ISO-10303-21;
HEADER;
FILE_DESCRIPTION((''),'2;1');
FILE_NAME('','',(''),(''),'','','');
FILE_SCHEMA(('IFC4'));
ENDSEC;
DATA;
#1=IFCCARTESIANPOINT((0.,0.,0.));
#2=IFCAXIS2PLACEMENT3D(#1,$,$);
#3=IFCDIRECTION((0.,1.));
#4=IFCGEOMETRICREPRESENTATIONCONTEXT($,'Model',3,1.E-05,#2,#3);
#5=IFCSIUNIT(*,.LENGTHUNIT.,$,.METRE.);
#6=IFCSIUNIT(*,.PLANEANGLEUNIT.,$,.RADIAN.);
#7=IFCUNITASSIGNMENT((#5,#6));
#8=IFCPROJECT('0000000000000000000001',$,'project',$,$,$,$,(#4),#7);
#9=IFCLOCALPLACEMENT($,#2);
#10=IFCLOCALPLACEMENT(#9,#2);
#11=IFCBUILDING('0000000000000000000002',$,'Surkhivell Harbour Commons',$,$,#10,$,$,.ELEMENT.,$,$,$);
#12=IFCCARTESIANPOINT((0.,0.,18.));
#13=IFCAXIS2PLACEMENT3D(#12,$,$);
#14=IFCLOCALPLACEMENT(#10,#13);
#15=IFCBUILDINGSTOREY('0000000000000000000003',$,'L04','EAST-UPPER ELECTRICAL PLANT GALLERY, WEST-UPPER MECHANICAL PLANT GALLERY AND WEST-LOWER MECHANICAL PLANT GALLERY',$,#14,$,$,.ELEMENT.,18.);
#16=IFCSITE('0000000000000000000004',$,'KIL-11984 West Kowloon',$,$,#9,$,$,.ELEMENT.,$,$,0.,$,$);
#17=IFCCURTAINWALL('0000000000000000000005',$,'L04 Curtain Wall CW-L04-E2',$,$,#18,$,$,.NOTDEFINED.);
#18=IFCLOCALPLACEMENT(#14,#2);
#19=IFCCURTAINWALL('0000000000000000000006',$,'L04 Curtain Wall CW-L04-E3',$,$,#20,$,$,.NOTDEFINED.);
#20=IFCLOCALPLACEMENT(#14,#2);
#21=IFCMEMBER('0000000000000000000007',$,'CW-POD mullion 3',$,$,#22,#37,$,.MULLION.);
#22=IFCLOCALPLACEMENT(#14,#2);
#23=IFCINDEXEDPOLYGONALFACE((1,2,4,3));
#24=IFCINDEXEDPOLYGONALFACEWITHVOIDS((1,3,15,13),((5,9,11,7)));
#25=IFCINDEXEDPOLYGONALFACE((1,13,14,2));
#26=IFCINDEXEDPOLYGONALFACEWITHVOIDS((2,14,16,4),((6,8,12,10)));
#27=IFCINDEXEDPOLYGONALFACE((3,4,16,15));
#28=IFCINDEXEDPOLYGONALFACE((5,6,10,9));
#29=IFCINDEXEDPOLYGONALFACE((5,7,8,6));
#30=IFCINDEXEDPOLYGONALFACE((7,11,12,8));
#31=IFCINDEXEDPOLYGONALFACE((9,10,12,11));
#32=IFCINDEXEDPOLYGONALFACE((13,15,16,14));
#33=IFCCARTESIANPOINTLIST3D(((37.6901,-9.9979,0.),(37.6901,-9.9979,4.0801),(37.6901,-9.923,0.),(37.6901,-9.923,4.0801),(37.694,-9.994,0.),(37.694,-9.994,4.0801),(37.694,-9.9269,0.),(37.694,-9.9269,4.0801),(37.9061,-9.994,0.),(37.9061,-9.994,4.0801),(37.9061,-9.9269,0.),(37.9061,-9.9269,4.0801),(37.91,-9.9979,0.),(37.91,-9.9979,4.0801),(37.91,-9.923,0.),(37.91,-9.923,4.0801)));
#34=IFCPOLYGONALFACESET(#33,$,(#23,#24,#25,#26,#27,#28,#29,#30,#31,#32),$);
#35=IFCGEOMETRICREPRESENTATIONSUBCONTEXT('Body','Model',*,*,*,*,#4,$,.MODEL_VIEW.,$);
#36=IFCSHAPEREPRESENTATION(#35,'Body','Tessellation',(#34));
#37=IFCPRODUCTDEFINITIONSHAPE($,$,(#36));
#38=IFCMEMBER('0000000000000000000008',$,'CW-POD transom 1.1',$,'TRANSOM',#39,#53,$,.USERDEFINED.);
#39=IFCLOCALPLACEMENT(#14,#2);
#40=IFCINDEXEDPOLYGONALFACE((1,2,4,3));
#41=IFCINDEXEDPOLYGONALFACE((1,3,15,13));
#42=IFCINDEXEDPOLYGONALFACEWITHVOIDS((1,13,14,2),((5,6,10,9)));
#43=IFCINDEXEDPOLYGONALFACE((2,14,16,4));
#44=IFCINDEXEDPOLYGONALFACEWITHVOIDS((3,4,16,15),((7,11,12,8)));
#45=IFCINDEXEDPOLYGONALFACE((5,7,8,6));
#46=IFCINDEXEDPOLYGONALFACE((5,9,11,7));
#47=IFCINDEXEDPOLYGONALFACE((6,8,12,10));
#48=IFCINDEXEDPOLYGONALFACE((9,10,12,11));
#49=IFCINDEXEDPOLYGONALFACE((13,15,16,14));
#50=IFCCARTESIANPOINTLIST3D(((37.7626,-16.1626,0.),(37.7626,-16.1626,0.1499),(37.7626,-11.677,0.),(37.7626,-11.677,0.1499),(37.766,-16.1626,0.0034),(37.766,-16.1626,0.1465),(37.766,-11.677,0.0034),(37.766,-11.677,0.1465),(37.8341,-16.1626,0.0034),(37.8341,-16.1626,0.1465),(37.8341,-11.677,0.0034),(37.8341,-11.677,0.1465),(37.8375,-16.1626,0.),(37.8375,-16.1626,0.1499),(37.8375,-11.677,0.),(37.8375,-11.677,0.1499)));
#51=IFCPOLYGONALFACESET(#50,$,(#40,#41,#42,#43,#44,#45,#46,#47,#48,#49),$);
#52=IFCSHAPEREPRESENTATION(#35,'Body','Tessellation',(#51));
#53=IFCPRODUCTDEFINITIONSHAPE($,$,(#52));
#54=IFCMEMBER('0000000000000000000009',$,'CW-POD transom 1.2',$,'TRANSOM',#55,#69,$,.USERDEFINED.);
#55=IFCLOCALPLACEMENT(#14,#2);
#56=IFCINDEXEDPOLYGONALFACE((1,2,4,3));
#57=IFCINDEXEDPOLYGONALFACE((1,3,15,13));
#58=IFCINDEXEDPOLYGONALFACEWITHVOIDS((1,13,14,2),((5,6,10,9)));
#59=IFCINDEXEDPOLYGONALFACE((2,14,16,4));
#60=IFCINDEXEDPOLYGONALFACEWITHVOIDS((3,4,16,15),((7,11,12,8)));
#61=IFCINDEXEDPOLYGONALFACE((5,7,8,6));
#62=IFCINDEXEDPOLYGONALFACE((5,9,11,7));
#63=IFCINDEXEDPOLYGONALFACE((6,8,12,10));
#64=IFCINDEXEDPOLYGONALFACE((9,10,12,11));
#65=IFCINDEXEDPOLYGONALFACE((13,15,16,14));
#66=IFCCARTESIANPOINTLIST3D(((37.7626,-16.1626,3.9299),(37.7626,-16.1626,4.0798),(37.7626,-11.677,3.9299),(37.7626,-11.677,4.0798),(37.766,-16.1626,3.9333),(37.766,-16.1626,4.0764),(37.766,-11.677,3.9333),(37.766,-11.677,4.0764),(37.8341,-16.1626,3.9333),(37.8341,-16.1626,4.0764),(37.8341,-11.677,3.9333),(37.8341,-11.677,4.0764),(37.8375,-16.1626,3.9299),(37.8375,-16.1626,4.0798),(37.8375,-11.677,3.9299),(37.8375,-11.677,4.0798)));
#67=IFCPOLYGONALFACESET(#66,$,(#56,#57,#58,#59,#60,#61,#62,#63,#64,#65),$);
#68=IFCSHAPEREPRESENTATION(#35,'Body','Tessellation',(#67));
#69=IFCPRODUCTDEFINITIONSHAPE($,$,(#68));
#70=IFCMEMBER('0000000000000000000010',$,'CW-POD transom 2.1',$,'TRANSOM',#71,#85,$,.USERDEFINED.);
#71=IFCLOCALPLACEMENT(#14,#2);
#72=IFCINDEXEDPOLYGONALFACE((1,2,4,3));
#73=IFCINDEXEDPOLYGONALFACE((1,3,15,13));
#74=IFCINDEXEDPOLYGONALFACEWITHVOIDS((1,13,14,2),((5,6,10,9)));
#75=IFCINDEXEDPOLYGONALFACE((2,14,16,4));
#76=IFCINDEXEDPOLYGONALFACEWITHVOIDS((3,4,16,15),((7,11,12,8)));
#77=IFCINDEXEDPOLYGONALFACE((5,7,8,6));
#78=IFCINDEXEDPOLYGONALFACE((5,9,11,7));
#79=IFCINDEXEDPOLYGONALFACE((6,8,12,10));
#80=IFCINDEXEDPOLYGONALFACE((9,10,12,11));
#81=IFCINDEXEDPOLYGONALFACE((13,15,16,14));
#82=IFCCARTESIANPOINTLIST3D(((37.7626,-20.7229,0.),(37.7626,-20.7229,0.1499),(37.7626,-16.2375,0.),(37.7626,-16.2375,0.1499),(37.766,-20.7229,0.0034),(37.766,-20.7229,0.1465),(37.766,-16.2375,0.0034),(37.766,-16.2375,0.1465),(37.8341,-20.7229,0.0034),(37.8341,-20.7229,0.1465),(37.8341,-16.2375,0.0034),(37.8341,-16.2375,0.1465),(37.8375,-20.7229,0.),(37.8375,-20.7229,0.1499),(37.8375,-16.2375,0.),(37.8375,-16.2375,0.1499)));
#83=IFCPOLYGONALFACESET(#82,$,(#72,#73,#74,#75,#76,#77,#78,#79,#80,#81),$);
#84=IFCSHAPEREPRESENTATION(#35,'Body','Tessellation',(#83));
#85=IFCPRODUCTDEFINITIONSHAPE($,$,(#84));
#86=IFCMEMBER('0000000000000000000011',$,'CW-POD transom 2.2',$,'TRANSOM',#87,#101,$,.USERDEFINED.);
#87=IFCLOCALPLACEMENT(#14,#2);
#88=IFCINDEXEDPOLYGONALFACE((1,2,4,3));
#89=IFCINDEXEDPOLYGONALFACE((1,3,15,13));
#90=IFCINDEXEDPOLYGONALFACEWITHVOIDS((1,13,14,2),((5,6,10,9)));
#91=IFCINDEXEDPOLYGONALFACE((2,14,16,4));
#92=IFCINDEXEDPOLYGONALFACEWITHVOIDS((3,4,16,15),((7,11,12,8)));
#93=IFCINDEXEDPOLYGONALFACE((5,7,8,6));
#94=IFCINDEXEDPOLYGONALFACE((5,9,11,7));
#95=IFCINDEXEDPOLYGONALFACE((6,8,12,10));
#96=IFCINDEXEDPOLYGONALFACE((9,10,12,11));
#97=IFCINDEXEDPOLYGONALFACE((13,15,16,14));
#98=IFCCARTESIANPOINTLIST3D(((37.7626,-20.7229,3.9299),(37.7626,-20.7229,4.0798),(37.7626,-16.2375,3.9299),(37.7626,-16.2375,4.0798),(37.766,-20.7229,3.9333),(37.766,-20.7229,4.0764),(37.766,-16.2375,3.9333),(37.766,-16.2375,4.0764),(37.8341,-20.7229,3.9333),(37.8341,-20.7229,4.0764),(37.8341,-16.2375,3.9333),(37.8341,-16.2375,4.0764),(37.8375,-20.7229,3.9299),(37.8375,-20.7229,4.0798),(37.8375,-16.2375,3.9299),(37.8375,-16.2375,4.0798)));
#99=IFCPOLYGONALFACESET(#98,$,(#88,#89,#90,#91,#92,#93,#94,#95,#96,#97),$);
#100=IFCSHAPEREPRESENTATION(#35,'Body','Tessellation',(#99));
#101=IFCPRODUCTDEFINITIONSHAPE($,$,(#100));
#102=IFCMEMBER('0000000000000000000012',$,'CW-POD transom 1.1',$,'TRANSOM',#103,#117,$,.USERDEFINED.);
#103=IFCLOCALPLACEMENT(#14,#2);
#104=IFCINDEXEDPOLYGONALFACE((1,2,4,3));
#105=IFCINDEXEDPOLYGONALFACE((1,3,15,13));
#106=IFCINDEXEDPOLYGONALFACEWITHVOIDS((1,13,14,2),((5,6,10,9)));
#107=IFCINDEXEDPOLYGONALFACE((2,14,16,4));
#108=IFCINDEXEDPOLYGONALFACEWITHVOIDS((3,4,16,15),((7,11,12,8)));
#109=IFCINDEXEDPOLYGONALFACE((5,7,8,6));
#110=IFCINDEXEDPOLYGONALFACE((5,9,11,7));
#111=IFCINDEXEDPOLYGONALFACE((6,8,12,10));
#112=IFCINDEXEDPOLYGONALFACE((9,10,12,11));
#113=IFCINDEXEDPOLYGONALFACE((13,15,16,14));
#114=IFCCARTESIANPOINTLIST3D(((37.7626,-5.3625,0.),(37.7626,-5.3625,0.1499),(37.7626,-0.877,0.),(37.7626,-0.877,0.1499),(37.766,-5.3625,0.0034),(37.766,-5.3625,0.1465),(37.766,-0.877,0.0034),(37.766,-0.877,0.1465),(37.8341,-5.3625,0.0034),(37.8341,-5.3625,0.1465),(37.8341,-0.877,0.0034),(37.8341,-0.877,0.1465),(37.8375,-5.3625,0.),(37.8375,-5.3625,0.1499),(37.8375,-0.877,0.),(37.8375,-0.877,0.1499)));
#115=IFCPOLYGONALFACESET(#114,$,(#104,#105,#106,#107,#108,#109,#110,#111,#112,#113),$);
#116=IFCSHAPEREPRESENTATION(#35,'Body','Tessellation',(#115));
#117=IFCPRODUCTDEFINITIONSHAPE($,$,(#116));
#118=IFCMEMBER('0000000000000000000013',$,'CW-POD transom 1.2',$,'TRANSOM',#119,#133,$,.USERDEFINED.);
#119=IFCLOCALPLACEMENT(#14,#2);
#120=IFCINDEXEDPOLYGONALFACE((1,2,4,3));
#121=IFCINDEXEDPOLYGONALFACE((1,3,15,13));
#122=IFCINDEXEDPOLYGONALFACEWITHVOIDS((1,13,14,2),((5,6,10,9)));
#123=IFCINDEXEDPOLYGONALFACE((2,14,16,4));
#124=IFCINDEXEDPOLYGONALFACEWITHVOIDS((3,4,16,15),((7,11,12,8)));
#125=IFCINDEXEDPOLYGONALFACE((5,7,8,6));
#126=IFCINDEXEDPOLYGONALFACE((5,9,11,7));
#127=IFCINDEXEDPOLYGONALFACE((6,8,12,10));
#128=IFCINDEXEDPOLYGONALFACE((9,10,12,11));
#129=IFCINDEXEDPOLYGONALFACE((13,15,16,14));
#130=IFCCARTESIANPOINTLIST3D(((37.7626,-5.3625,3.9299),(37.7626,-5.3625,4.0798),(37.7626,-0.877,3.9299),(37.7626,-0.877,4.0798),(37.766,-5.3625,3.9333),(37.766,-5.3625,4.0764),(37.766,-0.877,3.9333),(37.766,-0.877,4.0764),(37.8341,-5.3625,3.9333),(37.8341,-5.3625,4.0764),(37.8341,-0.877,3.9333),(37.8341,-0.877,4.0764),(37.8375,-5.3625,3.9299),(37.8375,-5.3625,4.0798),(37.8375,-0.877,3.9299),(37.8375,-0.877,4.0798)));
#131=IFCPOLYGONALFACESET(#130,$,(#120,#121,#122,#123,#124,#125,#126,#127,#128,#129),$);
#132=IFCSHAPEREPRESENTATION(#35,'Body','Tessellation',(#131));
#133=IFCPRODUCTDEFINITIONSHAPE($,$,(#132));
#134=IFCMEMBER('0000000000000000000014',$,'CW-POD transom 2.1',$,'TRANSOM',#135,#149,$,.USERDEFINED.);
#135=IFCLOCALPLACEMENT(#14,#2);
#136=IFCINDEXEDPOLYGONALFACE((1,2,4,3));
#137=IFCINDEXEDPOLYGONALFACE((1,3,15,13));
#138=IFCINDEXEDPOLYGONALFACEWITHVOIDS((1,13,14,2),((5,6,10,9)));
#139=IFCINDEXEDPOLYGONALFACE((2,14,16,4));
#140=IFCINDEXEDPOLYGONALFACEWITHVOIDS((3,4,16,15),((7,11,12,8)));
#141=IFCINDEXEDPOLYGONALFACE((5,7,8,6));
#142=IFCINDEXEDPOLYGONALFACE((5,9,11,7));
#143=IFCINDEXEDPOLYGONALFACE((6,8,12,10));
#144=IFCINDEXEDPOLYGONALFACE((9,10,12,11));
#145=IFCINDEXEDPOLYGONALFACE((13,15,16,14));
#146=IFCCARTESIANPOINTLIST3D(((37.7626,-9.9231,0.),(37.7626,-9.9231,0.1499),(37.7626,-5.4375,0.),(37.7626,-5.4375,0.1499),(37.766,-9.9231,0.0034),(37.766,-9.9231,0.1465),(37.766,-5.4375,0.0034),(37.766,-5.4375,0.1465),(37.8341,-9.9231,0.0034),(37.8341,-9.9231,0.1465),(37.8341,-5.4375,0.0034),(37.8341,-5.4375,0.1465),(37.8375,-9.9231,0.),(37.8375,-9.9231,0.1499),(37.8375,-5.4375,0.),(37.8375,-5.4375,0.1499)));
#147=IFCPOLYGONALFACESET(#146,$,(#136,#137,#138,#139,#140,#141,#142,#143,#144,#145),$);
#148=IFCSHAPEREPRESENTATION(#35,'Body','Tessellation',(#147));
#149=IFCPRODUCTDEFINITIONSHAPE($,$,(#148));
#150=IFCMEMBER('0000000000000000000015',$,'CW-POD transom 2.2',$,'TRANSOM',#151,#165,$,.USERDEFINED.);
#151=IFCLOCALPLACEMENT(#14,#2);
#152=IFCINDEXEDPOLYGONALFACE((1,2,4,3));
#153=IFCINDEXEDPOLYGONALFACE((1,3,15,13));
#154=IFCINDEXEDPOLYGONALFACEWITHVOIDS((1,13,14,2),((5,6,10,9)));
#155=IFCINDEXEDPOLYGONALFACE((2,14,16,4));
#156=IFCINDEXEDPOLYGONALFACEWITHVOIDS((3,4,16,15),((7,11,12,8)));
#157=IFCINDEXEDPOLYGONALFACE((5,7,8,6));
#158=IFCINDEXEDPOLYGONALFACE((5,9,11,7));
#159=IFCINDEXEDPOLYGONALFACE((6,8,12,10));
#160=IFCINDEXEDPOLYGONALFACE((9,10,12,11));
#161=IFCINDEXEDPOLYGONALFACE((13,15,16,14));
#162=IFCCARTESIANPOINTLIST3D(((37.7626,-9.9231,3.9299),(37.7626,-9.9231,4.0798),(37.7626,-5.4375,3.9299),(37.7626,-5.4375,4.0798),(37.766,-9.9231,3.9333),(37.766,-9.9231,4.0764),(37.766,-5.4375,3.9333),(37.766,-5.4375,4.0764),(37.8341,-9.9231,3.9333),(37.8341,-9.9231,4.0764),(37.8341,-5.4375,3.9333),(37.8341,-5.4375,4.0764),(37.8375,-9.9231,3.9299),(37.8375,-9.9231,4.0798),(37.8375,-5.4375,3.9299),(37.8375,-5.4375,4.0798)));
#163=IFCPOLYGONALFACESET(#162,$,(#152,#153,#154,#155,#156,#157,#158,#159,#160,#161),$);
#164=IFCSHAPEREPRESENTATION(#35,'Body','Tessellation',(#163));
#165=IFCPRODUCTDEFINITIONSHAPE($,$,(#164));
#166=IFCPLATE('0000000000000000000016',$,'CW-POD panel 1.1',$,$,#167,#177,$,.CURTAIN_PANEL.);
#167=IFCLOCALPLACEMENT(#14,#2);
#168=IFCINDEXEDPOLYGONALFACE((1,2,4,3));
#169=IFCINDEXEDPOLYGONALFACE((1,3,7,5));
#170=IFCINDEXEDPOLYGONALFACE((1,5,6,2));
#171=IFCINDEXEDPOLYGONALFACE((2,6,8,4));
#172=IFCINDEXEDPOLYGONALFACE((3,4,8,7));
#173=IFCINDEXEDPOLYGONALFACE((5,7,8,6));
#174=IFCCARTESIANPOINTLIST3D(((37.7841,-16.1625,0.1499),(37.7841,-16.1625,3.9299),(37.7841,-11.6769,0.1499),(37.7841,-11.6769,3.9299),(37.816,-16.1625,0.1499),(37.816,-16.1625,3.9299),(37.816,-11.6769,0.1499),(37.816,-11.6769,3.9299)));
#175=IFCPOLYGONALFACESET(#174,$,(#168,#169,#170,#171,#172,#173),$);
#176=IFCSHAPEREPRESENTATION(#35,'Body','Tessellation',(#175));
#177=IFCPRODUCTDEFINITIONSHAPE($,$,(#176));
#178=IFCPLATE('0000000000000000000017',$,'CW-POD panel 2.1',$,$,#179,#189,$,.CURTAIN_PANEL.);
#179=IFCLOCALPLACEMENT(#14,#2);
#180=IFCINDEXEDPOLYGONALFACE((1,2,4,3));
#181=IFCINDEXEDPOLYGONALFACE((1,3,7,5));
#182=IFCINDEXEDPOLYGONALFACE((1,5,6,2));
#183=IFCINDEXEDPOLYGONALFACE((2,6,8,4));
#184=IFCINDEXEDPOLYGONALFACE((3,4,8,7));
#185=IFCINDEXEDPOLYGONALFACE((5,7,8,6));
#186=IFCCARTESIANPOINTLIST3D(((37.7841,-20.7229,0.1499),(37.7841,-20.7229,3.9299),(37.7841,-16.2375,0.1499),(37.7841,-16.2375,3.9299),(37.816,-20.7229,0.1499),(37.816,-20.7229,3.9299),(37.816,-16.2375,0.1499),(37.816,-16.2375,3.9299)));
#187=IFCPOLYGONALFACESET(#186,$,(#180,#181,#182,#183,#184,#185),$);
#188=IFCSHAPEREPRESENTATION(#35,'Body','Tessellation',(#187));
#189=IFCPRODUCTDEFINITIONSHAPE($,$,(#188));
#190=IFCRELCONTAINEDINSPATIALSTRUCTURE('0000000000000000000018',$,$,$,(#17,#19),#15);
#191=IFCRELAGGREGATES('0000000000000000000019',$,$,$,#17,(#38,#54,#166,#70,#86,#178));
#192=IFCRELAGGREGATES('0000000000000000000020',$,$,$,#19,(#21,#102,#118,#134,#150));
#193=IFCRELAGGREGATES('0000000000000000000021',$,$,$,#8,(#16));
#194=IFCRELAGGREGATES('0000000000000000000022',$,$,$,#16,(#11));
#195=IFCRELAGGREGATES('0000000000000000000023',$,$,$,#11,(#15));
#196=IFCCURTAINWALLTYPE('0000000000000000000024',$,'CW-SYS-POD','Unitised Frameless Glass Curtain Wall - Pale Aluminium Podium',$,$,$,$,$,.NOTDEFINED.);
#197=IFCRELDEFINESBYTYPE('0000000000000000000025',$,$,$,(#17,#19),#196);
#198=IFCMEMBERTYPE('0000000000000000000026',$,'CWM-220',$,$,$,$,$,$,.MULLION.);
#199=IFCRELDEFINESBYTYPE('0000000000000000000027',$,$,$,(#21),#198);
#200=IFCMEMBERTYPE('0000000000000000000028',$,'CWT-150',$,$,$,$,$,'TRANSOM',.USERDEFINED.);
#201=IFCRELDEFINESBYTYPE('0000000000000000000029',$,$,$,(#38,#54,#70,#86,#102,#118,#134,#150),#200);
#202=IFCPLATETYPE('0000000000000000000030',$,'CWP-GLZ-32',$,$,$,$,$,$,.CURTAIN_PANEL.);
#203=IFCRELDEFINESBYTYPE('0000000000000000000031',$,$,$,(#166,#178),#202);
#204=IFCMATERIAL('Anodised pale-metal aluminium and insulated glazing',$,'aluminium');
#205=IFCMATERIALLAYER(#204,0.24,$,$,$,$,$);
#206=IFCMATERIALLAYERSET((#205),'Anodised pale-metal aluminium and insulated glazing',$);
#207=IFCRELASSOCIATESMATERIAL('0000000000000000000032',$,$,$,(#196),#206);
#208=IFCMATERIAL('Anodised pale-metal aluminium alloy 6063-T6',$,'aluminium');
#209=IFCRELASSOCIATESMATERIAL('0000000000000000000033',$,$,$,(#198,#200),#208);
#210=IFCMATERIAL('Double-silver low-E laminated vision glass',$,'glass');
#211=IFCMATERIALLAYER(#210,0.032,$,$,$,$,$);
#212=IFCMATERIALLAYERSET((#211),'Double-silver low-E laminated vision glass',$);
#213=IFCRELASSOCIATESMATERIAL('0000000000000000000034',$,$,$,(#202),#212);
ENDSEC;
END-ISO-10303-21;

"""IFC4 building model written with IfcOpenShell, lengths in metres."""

from ifc_helpers import new_model, si_unit, direction, frame, frame_2d, origin, origin_2d, place, context, subcontext, project, spatial, rectangle, hollow_rectangle, extrude, material, layer, layer_set, material_profile, profile_set, type_object, element, aggregate, save


model = new_model("IFC4")

# Units and contexts
model_context = context("Model", 3, precision=1e-05, world=origin(), true_north=direction((0.0, 1.0)))
body_context = subcontext(model_context, "Body", "Model", "MODEL_VIEW")
ifc_project = project(units=[si_unit("LENGTHUNIT", "METRE"), si_unit("PLANEANGLEUNIT", "RADIAN")], contexts=[model_context])

# Site, building, storey
site_placement = place(None, origin())
site = spatial("IfcSite", under=ifc_project, at=site_placement, Name="KIL-11984 West Kowloon", CompositionType="ELEMENT", RefElevation=0.0)
building_placement = place(site_placement, origin())
building = spatial("IfcBuilding", under=site, at=building_placement, Name="Surkhivell Harbour Commons", CompositionType="ELEMENT")
storey_placement = place(building_placement, frame((0.0, 0.0, 18.0)))
storey = spatial("IfcBuildingStorey", under=building, at=storey_placement, Name="L04", Description="EAST-UPPER ELECTRICAL PLANT GALLERY, WEST-UPPER MECHANICAL PLANT GALLERY AND WEST-LOWER MECHANICAL PLANT GALLERY", CompositionType="ELEMENT", Elevation=18.0)

# Curtain walls, member
ifc_material_1 = material(Name="Anodised pale-metal aluminium and insulated glazing", Category="aluminium")
ifc_layer_1 = layer(ifc_material_1, 0.24)
ifc_layer_set_1 = layer_set([ifc_layer_1], Name="Anodised pale-metal aluminium and insulated glazing")
curtain_wall_type = type_object("IfcCurtainWallType", Name="CW-SYS-POD", Description="Unitised Frameless Glass Curtain Wall - Pale Aluminium Podium", PredefinedType="NOTDEFINED", material=ifc_layer_set_1)
curtain_wall_1_placement = place(storey_placement, origin())
curtain_wall_1 = element("IfcCurtainWall", 1, at=curtain_wall_1_placement, inside=storey, type_object=curtain_wall_type, Name="L04 Curtain Wall CW-L04-E2", PredefinedType="NOTDEFINED")
ifc_material_2 = material(Name="Anodised pale-metal aluminium alloy 6063-T6", Category="aluminium")
ifc_material_profile_1 = material_profile(ifc_material_2, hollow_rectangle(XDim=0.075, YDim=0.22, WallThickness=0.0039, at=origin_2d()), Name="ALU-MULL-75x220")
ifc_profile_set_1 = profile_set([ifc_material_profile_1], Name="Anodised pale-metal aluminium alloy 6063-T6")
member_type_1 = type_object("IfcMemberType", Name="CWM-220", PredefinedType="MULLION", material=ifc_profile_set_1)
curtain_wall_2_placement = place(storey_placement, origin())
curtain_wall_2 = element("IfcCurtainWall", 2, at=curtain_wall_2_placement, inside=storey, type_object=curtain_wall_type, Name="L04 Curtain Wall CW-L04-E3", PredefinedType="NOTDEFINED")
member_1_placement = place(storey_placement, frame((37.8, -9.9604, 0.0), z_axis=(0.0, 0.0, 1.0), x_axis=(0.0, -1.0, 0.0)))
member_1 = element("IfcMember", 3, at=member_1_placement, type_object=member_type_1, Name="CW-POD mullion 3", PredefinedType="MULLION", context=body_context, shape_type="SweptSolid", body=[
    extrude(hollow_rectangle(XDim=0.075, YDim=0.22, WallThickness=0.0039, at=origin_2d()), origin(), (0.0, 0.0, 1.0), 4.0801),
])

# Members
ifc_material_profile_2 = material_profile(ifc_material_2, hollow_rectangle(XDim=0.075, YDim=0.1499, WallThickness=0.0034, at=origin_2d()), Name="ALU-TRAN-75x150")
ifc_profile_set_2 = profile_set([ifc_material_profile_2], Name="Anodised pale-metal aluminium alloy 6063-T6")
member_type_2 = type_object("IfcMemberType", Name="CWT-150", ElementType="TRANSOM", PredefinedType="USERDEFINED", material=ifc_profile_set_2)
member_2_placement = place(storey_placement, frame((37.8, -11.677, 0.075), z_axis=(0.0, -1.0, 0.0), x_axis=(1.0, 0.0, 0.0)))
member_2 = element("IfcMember", 4, at=member_2_placement, type_object=member_type_2, Name="CW-POD transom 1.1", ObjectType="TRANSOM", PredefinedType="USERDEFINED", context=body_context, shape_type="SweptSolid", body=[
    extrude(hollow_rectangle(XDim=0.075, YDim=0.1499, WallThickness=0.0034, at=origin_2d()), origin(), (0.0, 0.0, 1.0), 4.4856),
])
member_3_placement = place(storey_placement, frame((37.8, -11.677, 4.0049), z_axis=(0.0, -1.0, 0.0), x_axis=(1.0, 0.0, 0.0)))
member_3 = element("IfcMember", 5, at=member_3_placement, type_object=member_type_2, Name="CW-POD transom 1.2", ObjectType="TRANSOM", PredefinedType="USERDEFINED", context=body_context, shape_type="SweptSolid", body=[
    extrude(hollow_rectangle(XDim=0.075, YDim=0.1499, WallThickness=0.0034, at=origin_2d()), origin(), (0.0, 0.0, 1.0), 4.4856),
])
member_4_placement = place(storey_placement, frame((37.8, -16.2375, 0.075), z_axis=(0.0, -1.0, 0.0), x_axis=(1.0, 0.0, 0.0)))
member_4 = element("IfcMember", 6, at=member_4_placement, type_object=member_type_2, Name="CW-POD transom 2.1", ObjectType="TRANSOM", PredefinedType="USERDEFINED", context=body_context, shape_type="SweptSolid", body=[
    extrude(hollow_rectangle(XDim=0.075, YDim=0.1499, WallThickness=0.0034, at=origin_2d()), origin(), (0.0, 0.0, 1.0), 4.4854),
])
member_5_placement = place(storey_placement, frame((37.8, -16.2375, 4.0049), z_axis=(0.0, -1.0, 0.0), x_axis=(1.0, 0.0, 0.0)))
member_5 = element("IfcMember", 7, at=member_5_placement, type_object=member_type_2, Name="CW-POD transom 2.2", ObjectType="TRANSOM", PredefinedType="USERDEFINED", context=body_context, shape_type="SweptSolid", body=[
    extrude(hollow_rectangle(XDim=0.075, YDim=0.1499, WallThickness=0.0034, at=origin_2d()), origin(), (0.0, 0.0, 1.0), 4.4854),
])
member_6_placement = place(storey_placement, frame((37.8, -0.877, 0.075), z_axis=(0.0, -1.0, 0.0), x_axis=(1.0, 0.0, 0.0)))
member_6 = element("IfcMember", 8, at=member_6_placement, type_object=member_type_2, Name="CW-POD transom 1.1", ObjectType="TRANSOM", PredefinedType="USERDEFINED", context=body_context, shape_type="SweptSolid", body=[
    extrude(hollow_rectangle(XDim=0.075, YDim=0.1499, WallThickness=0.0034, at=origin_2d()), origin(), (0.0, 0.0, 1.0), 4.4856),
])
member_7_placement = place(storey_placement, frame((37.8, -0.877, 4.0049), z_axis=(0.0, -1.0, 0.0), x_axis=(1.0, 0.0, 0.0)))
member_7 = element("IfcMember", 9, at=member_7_placement, type_object=member_type_2, Name="CW-POD transom 1.2", ObjectType="TRANSOM", PredefinedType="USERDEFINED", context=body_context, shape_type="SweptSolid", body=[
    extrude(hollow_rectangle(XDim=0.075, YDim=0.1499, WallThickness=0.0034, at=origin_2d()), origin(), (0.0, 0.0, 1.0), 4.4856),
])
member_8_placement = place(storey_placement, frame((37.8, -5.4375, 0.075), z_axis=(0.0, -1.0, 0.0), x_axis=(1.0, 0.0, 0.0)))
member_8 = element("IfcMember", 10, at=member_8_placement, type_object=member_type_2, Name="CW-POD transom 2.1", ObjectType="TRANSOM", PredefinedType="USERDEFINED", context=body_context, shape_type="SweptSolid", body=[
    extrude(hollow_rectangle(XDim=0.075, YDim=0.1499, WallThickness=0.0034, at=origin_2d()), origin(), (0.0, 0.0, 1.0), 4.4856),
])
member_9_placement = place(storey_placement, frame((37.8, -5.4375, 4.0049), z_axis=(0.0, -1.0, 0.0), x_axis=(1.0, 0.0, 0.0)))
member_9 = element("IfcMember", 11, at=member_9_placement, type_object=member_type_2, Name="CW-POD transom 2.2", ObjectType="TRANSOM", PredefinedType="USERDEFINED", context=body_context, shape_type="SweptSolid", body=[
    extrude(hollow_rectangle(XDim=0.075, YDim=0.1499, WallThickness=0.0034, at=origin_2d()), origin(), (0.0, 0.0, 1.0), 4.4856),
])

# Plates
ifc_material_3 = material(Name="Double-silver low-E laminated vision glass", Category="glass")
ifc_layer_2 = layer(ifc_material_3, 0.032)
ifc_layer_set_2 = layer_set([ifc_layer_2], Name="Double-silver low-E laminated vision glass")
plate_type = type_object("IfcPlateType", Name="CWP-GLZ-32", PredefinedType="CURTAIN_PANEL", material=ifc_layer_set_2)
plate_1_placement = place(storey_placement, frame((37.8, -11.677, 0.1499), z_axis=(0.0, 0.0, 1.0), x_axis=(0.0, -1.0, 0.0)))
plate_1 = element("IfcPlate", 12, at=plate_1_placement, type_object=plate_type, Name="CW-POD panel 1.1", PredefinedType="CURTAIN_PANEL", context=body_context, shape_type="SweptSolid", body=[
    extrude(rectangle(XDim=4.4856, YDim=0.032, at=frame_2d((2.2427, 0.0))), origin(), (0.0, 0.0, 1.0), 3.78),
])
plate_2_placement = place(storey_placement, frame((37.8, -16.2375, 0.1499), z_axis=(0.0, 0.0, 1.0), x_axis=(0.0, -1.0, 0.0)))
plate_2 = element("IfcPlate", 13, at=plate_2_placement, type_object=plate_type, Name="CW-POD panel 2.1", PredefinedType="CURTAIN_PANEL", context=body_context, shape_type="SweptSolid", body=[
    extrude(rectangle(XDim=4.4854, YDim=0.032, at=frame_2d((2.2427, 0.0))), origin(), (0.0, 0.0, 1.0), 3.78),
])
aggregate(curtain_wall_1, [member_2, member_3, plate_1, member_4, member_5, plate_2])
aggregate(curtain_wall_2, [member_1, member_6, member_7, member_8, member_9])

save(model, "model.ifc")
